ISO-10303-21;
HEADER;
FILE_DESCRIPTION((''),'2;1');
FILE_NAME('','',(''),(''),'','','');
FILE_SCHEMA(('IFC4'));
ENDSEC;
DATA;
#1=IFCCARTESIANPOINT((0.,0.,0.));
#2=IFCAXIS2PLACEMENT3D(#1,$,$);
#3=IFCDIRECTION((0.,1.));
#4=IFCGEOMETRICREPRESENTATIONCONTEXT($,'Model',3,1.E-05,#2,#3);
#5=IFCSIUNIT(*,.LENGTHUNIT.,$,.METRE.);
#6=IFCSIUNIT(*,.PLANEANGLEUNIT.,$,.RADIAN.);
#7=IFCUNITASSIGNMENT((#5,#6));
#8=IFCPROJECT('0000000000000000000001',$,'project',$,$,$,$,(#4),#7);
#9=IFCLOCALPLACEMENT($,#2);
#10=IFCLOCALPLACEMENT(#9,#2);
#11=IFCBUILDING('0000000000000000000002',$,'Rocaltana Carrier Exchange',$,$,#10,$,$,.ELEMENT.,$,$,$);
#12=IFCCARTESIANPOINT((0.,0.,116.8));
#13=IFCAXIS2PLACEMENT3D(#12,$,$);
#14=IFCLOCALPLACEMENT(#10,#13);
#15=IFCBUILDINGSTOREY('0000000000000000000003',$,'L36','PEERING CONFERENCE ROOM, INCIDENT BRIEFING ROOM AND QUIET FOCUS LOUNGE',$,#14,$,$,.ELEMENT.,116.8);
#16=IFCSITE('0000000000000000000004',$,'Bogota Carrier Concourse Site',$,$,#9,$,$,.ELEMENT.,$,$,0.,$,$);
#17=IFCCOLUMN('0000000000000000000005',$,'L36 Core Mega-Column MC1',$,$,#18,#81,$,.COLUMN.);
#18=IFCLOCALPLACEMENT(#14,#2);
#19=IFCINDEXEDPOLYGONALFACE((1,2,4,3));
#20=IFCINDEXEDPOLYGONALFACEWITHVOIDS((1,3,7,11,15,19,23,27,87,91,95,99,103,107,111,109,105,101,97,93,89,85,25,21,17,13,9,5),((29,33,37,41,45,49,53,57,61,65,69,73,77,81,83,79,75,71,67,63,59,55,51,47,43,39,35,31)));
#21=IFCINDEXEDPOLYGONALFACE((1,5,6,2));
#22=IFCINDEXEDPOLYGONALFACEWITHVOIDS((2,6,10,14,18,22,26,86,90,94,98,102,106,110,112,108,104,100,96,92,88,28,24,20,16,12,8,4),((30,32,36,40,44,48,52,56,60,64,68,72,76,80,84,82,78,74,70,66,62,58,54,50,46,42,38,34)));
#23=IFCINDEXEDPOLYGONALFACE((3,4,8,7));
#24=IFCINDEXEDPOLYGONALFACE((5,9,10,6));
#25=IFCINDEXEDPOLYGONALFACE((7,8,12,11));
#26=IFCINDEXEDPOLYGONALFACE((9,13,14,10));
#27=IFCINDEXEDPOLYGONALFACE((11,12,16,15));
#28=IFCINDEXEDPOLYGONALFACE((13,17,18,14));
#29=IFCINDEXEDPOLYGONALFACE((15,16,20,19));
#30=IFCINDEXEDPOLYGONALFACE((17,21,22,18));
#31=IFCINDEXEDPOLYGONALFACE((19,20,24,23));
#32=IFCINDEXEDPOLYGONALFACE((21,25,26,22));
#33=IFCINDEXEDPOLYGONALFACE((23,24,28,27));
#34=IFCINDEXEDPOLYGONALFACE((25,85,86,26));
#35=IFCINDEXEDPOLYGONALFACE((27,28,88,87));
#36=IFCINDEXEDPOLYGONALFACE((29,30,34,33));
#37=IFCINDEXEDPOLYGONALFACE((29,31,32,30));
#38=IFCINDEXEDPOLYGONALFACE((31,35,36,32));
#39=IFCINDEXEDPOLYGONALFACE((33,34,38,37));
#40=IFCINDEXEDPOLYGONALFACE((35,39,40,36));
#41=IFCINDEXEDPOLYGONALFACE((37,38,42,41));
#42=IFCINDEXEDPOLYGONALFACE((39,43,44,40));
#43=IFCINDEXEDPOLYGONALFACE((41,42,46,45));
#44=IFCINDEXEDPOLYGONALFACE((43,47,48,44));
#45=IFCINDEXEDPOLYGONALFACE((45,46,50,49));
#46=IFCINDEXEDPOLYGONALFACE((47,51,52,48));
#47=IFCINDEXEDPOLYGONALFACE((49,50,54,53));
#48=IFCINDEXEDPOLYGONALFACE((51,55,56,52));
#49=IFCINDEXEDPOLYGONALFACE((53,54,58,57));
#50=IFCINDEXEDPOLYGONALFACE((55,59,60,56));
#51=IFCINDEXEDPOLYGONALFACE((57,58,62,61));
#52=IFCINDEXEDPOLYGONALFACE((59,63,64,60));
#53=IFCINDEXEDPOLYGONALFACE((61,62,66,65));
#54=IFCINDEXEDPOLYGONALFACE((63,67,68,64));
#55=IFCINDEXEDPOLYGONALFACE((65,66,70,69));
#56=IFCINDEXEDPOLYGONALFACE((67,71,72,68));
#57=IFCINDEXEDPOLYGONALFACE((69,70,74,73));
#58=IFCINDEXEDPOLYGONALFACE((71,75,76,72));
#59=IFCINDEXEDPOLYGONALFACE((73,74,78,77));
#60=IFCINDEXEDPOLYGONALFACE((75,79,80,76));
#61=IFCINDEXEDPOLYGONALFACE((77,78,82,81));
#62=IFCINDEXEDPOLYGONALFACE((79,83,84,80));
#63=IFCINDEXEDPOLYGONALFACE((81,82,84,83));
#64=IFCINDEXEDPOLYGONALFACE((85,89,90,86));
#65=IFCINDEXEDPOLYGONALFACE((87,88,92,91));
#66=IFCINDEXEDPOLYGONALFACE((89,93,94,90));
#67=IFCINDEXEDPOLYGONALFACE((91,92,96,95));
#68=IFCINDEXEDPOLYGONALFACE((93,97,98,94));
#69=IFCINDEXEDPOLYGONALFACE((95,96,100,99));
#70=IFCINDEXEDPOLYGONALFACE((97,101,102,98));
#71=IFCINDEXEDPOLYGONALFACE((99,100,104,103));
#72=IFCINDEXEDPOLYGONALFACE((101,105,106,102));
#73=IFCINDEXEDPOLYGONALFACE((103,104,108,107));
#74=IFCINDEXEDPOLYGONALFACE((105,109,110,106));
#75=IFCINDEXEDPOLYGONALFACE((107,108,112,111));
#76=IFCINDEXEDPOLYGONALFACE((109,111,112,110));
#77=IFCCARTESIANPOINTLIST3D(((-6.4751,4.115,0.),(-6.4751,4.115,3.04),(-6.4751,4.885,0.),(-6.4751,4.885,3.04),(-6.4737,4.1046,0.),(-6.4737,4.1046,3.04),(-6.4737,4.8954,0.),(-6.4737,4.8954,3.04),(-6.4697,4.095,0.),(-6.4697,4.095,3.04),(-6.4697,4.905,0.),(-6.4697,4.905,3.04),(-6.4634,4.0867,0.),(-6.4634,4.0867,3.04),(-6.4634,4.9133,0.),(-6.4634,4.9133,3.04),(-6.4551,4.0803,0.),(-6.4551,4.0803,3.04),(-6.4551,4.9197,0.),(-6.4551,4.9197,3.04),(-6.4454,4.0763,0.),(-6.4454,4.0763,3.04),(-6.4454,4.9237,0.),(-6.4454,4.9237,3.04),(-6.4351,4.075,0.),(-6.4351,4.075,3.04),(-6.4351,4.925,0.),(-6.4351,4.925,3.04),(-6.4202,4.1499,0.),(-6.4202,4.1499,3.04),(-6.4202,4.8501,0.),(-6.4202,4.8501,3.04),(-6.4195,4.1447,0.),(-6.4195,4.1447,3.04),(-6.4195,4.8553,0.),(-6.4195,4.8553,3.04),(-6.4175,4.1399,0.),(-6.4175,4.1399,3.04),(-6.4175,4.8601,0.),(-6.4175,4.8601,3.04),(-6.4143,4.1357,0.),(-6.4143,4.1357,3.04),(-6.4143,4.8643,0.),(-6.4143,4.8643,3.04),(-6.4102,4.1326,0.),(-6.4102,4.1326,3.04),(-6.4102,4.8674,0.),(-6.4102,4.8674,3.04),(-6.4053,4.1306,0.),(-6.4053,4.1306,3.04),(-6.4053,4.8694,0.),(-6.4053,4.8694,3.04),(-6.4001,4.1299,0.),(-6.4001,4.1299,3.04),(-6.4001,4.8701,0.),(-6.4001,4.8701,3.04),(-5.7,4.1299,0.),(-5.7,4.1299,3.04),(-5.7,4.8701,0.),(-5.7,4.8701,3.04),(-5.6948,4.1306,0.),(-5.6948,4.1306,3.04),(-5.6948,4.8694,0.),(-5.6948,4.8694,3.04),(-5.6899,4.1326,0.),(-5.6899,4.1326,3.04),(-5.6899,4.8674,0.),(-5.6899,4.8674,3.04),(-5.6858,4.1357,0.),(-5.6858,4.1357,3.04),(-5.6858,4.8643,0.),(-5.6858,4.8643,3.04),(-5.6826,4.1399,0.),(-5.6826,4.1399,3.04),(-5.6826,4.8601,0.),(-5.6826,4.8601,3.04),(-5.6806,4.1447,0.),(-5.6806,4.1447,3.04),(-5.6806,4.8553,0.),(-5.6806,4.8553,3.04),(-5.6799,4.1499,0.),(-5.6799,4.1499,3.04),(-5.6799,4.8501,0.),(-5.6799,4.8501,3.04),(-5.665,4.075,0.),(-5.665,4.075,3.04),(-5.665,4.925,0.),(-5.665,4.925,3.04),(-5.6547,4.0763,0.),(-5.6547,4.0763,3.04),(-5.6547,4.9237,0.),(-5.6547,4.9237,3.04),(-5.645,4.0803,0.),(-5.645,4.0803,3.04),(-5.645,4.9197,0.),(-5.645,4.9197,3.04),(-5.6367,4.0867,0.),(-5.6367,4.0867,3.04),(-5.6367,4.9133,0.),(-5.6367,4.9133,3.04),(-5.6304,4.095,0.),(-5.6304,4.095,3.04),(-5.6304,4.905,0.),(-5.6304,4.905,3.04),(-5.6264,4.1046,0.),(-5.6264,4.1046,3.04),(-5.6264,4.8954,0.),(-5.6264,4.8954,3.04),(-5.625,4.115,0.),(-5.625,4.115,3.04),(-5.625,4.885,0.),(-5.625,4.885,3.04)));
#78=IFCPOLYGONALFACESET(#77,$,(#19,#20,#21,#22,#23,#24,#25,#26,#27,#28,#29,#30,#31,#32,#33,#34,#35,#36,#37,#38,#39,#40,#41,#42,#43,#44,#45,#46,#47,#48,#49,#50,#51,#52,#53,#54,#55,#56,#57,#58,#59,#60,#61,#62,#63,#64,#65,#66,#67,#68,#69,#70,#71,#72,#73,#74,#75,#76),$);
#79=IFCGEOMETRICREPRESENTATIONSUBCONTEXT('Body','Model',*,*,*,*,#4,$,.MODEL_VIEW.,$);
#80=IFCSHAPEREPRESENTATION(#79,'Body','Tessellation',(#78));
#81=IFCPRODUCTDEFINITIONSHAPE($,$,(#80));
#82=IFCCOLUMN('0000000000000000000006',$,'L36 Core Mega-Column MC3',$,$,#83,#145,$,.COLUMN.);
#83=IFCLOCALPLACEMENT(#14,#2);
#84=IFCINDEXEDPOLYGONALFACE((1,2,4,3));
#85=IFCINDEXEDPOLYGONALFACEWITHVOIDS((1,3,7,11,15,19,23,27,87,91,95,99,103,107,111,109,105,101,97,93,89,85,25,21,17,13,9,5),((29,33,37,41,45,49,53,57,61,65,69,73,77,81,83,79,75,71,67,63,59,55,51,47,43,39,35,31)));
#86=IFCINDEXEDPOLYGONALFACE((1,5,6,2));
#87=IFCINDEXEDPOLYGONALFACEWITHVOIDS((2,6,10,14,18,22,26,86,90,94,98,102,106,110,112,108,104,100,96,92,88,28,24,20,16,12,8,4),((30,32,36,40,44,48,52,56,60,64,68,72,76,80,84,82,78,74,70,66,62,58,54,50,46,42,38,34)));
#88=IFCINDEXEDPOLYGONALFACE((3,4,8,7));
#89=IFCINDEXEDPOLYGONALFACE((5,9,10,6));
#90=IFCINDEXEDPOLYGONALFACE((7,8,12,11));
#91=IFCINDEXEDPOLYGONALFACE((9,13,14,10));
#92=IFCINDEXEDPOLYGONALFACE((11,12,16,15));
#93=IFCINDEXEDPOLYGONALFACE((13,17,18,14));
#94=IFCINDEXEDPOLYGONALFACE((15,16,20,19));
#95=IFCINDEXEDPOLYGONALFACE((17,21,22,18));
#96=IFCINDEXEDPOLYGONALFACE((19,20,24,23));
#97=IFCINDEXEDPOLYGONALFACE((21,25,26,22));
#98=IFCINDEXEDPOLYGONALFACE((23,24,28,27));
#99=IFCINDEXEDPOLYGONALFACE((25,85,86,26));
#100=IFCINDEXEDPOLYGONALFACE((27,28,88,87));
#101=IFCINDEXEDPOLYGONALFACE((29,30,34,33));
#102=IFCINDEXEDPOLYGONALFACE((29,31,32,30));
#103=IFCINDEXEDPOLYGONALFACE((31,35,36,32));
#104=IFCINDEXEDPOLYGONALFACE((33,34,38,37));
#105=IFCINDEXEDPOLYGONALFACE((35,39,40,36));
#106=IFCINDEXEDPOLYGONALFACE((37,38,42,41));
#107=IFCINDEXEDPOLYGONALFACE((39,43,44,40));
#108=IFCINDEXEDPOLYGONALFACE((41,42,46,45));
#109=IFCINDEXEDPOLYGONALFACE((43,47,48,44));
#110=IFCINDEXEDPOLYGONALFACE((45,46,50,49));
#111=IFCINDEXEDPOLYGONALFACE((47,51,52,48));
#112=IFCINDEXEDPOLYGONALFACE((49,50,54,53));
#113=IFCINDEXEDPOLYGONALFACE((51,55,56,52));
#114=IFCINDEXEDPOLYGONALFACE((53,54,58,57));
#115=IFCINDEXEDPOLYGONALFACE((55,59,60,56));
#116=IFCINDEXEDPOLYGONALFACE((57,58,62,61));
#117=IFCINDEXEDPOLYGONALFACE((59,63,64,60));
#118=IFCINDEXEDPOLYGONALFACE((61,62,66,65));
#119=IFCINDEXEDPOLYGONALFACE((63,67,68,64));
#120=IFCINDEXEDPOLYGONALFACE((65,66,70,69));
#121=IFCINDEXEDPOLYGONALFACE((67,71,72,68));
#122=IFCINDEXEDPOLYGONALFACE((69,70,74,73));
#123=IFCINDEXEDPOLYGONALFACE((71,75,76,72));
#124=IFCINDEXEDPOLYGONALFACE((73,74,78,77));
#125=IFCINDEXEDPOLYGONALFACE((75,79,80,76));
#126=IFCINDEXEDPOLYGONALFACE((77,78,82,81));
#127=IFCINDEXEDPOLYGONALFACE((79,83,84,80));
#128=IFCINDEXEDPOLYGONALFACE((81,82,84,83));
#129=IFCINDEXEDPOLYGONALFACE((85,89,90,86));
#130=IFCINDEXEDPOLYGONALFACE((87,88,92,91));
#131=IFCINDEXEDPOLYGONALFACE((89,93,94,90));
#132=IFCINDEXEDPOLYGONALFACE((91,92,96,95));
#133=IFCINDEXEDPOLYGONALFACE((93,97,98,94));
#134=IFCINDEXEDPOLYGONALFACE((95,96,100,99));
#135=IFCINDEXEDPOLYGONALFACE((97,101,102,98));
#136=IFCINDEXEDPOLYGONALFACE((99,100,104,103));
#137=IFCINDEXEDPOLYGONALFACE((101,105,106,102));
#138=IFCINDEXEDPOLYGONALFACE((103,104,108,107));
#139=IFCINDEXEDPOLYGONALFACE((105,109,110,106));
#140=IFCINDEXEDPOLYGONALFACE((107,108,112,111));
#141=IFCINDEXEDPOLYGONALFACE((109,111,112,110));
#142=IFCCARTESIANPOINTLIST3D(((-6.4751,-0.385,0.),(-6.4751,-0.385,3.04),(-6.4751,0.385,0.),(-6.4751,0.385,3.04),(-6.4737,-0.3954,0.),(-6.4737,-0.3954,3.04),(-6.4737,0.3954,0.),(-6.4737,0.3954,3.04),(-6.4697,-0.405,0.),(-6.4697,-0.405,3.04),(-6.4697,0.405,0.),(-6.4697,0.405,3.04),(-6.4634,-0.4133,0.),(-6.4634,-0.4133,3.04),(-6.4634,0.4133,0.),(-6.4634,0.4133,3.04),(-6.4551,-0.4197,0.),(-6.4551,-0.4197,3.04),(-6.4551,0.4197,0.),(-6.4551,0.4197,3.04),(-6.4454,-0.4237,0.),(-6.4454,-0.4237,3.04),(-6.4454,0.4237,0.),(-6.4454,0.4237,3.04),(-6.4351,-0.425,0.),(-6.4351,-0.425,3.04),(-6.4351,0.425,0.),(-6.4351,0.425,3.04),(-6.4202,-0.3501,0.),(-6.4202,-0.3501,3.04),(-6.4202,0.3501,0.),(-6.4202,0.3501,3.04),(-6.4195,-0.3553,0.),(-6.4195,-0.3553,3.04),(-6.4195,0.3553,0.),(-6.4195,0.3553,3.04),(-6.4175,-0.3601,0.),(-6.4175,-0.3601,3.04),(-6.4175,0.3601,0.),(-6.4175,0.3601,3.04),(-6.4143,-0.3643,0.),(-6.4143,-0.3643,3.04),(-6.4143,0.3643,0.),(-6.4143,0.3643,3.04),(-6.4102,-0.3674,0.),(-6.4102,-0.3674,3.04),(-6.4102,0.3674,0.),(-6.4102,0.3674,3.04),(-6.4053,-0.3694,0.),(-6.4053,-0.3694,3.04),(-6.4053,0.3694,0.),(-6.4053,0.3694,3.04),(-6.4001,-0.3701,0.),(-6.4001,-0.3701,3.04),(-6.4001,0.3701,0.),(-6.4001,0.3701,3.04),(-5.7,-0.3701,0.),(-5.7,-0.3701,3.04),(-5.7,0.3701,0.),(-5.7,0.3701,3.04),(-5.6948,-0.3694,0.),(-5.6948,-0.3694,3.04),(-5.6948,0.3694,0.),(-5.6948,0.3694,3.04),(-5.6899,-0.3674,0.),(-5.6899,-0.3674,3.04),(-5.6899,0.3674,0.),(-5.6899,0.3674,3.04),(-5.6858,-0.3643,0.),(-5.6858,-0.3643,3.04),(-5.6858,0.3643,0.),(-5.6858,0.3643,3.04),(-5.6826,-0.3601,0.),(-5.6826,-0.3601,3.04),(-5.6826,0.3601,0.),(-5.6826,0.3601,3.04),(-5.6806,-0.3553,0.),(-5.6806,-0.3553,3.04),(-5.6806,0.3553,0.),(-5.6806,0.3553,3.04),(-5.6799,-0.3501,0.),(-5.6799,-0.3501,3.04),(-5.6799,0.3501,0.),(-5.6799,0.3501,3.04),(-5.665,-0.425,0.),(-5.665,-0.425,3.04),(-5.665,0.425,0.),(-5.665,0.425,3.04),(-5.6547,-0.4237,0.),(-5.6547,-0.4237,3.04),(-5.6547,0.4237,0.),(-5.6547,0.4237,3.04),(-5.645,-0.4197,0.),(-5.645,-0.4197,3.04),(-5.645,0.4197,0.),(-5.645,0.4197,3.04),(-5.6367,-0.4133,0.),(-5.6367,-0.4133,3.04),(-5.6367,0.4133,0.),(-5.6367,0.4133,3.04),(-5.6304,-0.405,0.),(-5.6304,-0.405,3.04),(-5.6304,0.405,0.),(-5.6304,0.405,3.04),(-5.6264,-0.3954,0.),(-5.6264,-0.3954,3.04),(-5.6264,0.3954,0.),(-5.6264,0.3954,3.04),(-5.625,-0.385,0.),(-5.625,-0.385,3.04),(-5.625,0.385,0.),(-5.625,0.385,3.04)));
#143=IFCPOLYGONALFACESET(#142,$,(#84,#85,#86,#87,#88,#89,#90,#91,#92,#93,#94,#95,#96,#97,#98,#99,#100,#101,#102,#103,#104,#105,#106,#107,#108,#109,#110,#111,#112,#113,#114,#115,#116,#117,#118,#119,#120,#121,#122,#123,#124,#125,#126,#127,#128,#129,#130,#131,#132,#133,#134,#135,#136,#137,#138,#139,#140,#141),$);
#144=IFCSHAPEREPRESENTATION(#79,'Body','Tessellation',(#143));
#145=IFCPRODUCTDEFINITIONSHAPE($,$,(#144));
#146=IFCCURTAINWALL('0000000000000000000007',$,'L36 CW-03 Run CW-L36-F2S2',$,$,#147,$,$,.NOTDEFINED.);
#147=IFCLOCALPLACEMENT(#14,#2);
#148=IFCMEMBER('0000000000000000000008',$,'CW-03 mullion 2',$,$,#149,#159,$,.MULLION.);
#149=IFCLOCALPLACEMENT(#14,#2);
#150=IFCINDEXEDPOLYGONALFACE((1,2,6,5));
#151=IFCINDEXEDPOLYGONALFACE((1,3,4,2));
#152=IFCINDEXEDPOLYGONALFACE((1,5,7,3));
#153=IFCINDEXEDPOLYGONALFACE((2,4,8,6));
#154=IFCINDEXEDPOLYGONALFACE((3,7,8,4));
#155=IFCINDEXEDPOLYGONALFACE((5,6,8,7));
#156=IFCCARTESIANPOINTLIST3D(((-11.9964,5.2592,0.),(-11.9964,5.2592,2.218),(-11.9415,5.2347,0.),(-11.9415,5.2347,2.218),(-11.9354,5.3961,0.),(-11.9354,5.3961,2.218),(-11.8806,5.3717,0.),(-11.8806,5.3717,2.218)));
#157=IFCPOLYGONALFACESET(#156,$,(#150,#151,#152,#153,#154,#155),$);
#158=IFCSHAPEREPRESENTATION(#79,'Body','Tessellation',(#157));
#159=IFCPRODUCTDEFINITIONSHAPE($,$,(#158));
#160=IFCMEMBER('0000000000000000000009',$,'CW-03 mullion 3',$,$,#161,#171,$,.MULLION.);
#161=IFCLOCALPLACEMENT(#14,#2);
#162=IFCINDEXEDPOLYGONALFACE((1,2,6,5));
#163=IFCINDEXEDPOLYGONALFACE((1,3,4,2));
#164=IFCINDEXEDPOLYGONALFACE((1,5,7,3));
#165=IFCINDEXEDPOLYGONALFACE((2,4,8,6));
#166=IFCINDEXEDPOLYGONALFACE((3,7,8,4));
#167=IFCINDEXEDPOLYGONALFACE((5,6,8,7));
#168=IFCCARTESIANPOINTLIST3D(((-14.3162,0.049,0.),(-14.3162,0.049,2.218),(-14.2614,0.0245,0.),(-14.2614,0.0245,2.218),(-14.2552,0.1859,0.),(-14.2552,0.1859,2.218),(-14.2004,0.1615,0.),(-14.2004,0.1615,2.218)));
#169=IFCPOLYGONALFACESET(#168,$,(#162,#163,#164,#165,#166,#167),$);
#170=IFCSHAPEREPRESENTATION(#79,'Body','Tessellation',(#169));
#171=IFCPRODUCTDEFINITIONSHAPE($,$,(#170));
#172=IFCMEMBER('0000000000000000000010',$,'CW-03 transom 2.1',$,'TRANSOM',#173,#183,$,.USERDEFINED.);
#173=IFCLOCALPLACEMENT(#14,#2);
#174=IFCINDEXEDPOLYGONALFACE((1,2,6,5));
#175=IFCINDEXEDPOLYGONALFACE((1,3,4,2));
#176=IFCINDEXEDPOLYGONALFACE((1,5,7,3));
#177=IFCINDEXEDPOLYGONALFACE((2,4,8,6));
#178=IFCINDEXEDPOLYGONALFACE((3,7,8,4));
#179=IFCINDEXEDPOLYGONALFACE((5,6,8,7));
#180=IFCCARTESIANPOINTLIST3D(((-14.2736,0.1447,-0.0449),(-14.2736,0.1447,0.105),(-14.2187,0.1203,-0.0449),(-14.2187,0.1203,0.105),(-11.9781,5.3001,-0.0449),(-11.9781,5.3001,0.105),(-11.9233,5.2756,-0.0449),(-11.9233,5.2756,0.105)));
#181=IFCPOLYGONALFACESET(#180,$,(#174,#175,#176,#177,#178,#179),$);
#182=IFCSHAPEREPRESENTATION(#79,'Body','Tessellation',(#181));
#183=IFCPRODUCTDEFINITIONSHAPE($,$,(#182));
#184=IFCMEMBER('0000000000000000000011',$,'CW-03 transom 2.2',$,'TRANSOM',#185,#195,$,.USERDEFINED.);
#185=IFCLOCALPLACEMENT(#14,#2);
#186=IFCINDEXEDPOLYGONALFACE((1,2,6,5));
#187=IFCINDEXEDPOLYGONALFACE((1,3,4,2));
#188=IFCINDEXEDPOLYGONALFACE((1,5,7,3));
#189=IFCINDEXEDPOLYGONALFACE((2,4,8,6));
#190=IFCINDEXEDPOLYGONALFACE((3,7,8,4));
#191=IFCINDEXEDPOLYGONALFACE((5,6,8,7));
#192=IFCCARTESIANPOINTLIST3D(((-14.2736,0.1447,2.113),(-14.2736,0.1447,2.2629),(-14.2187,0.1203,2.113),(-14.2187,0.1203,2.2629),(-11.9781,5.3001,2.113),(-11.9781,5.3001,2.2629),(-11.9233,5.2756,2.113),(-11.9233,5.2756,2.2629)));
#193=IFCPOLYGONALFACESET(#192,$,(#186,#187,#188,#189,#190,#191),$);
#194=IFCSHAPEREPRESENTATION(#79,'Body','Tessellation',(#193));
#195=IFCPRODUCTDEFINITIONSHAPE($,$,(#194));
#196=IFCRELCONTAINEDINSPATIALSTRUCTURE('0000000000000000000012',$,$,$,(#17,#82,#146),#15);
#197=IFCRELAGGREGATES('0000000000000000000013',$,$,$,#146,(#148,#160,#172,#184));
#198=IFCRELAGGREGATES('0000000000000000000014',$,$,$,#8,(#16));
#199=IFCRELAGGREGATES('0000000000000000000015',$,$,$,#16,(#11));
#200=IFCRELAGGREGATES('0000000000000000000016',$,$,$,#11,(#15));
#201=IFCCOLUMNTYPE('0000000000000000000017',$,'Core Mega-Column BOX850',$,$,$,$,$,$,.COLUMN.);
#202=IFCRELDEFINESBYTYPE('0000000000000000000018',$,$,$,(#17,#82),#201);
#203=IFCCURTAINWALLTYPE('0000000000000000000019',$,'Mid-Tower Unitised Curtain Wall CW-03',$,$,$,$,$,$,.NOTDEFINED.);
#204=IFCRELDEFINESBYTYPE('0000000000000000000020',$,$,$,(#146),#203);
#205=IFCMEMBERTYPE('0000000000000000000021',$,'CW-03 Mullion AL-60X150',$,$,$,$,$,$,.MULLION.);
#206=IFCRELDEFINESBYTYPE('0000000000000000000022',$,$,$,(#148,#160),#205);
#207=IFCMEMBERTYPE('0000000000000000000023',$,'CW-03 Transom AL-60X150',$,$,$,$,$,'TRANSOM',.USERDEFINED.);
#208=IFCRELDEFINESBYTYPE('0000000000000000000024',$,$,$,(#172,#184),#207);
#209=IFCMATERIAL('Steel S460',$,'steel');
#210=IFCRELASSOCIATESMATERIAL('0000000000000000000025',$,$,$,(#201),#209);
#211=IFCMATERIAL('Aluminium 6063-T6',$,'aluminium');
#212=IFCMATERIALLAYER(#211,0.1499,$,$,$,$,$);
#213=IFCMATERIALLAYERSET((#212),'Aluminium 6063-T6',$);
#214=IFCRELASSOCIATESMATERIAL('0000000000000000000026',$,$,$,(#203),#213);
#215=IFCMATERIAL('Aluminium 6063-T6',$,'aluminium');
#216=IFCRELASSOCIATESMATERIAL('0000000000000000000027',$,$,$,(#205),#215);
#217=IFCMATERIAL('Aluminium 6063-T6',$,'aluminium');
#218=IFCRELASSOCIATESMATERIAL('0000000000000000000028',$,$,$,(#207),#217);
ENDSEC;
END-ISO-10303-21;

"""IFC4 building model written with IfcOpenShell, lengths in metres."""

from ifc_helpers import new_model, si_unit, direction, frame, origin, origin_2d, place, context, subcontext, project, spatial, rectangle, hollow_rectangle, extrude, material, layer, layer_set, material_profile, profile_set, type_object, element, aggregate, save


model = new_model("IFC4")

# Units and contexts
model_context = context("Model", 3, precision=1e-05, world=origin(), true_north=direction((0.0, 1.0)))
body_context = subcontext(model_context, "Body", "Model", "MODEL_VIEW")
ifc_project = project(units=[si_unit("LENGTHUNIT", "METRE"), si_unit("PLANEANGLEUNIT", "RADIAN")], contexts=[model_context])

# Site, building, storey
site_placement = place(None, origin())
site = spatial("IfcSite", under=ifc_project, at=site_placement, Name="Bogota Carrier Concourse Site", CompositionType="ELEMENT", RefElevation=0.0)
building_placement = place(site_placement, origin())
building = spatial("IfcBuilding", under=site, at=building_placement, Name="Rocaltana Carrier Exchange", CompositionType="ELEMENT")
storey_placement = place(building_placement, frame((0.0, 0.0, 116.8)))
storey = spatial("IfcBuildingStorey", under=building, at=storey_placement, Name="L36", Description="PEERING CONFERENCE ROOM, INCIDENT BRIEFING ROOM AND QUIET FOCUS LOUNGE", CompositionType="ELEMENT", Elevation=116.8)

# Columns
ifc_material_1 = material(Name="Steel S460", Category="steel")
ifc_material_profile_1 = material_profile(ifc_material_1, hollow_rectangle(XDim=0.8501, YDim=0.8501, WallThickness=0.0549, InnerFilletRadius=0.02, OuterFilletRadius=0.04, at=origin_2d()), Name="BOX850X850X55")
ifc_profile_set_1 = profile_set([ifc_material_profile_1], Name="Steel S460")
column_type = type_object("IfcColumnType", Name="Core Mega-Column BOX850", PredefinedType="COLUMN", material=ifc_profile_set_1)
for number, where, z_axis, x_axis, name in (
    (1, (-6.05, 4.5, 0.0), (0.0, 0.0, 1.0), (1.0, 0.0, 0.0), "L36 Core Mega-Column MC1"),
    (2, (-6.05, 0.0, 0.0), (0.0, 0.0, 1.0), (1.0, 0.0, 0.0), "L36 Core Mega-Column MC3"),
):
    element("IfcColumn", number, at=place(storey_placement, frame(where, z_axis=z_axis, x_axis=x_axis)), inside=storey, type_object=column_type, Name=name, PredefinedType="COLUMN", context=body_context, shape_type="SweptSolid", body=[
        extrude(hollow_rectangle(XDim=0.8501, YDim=0.8501, WallThickness=0.0549, InnerFilletRadius=0.02, OuterFilletRadius=0.04, at=origin_2d()), origin(), (0.0, 0.0, 1.0), 3.04),
    ])

# Curtain wall, members
ifc_material_2 = material(Name="Aluminium 6063-T6", Category="aluminium")
ifc_layer_1 = layer(ifc_material_2, 0.1499)
ifc_layer_set_1 = layer_set([ifc_layer_1], Name="Aluminium 6063-T6")
curtain_wall_type = type_object("IfcCurtainWallType", Name="Mid-Tower Unitised Curtain Wall CW-03", PredefinedType="NOTDEFINED", material=ifc_layer_set_1)
curtain_wall_placement = place(storey_placement, origin())
curtain_wall = element("IfcCurtainWall", 3, at=curtain_wall_placement, inside=storey, type_object=curtain_wall_type, Name="L36 CW-03 Run CW-L36-F2S2", PredefinedType="NOTDEFINED")
ifc_material_3 = material(Name="Aluminium 6063-T6", Category="aluminium")
ifc_material_profile_2 = material_profile(ifc_material_3, rectangle(XDim=0.0601, YDim=0.1499, at=origin_2d()), Name="AL-60X150")
ifc_profile_set_2 = profile_set([ifc_material_profile_2], Name="Aluminium 6063-T6")
member_type_1 = type_object("IfcMemberType", Name="CW-03 Mullion AL-60X150", PredefinedType="MULLION", material=ifc_profile_set_2)
member_1_placement = place(storey_placement, frame((-11.9385, 5.3154, 0.0), z_axis=(0.0, 0.0, 1.0), x_axis=(0.913542, -0.406744, 0.0)))
member_1 = element("IfcMember", 4, at=member_1_placement, type_object=member_type_1, Name="CW-03 mullion 2", PredefinedType="MULLION", context=body_context, shape_type="SweptSolid", body=[
    extrude(rectangle(XDim=0.0601, YDim=0.1499, at=origin_2d()), origin(), (0.0, 0.0, 1.0), 2.218),
])
member_2_placement = place(storey_placement, frame((-14.2583, 0.1052, 0.0), z_axis=(0.0, 0.0, 1.0), x_axis=(0.913542, -0.406744, 0.0)))
member_2 = element("IfcMember", 5, at=member_2_placement, type_object=member_type_1, Name="CW-03 mullion 3", PredefinedType="MULLION", context=body_context, shape_type="SweptSolid", body=[
    extrude(rectangle(XDim=0.0601, YDim=0.1499, at=origin_2d()), origin(), (0.0, 0.0, 1.0), 2.218),
])
ifc_material_4 = material(Name="Aluminium 6063-T6", Category="aluminium")
ifc_material_profile_3 = material_profile(ifc_material_4, rectangle(XDim=0.0601, YDim=0.1499, at=origin_2d()), Name="AL-60X150")
ifc_profile_set_3 = profile_set([ifc_material_profile_3], Name="Aluminium 6063-T6")
member_type_2 = type_object("IfcMemberType", Name="CW-03 Transom AL-60X150", ElementType="TRANSOM", PredefinedType="USERDEFINED", material=ifc_profile_set_3)
member_3_placement = place(storey_placement, frame((-11.9507, 5.2878, 0.03), z_axis=(-0.406757, -0.913537, 0.0), x_axis=(0.913537, -0.406757, 0.0)))
member_3 = element("IfcMember", 6, at=member_3_placement, type_object=member_type_2, Name="CW-03 transom 2.1", ObjectType="TRANSOM", PredefinedType="USERDEFINED", context=body_context, shape_type="SweptSolid", body=[
    extrude(rectangle(XDim=0.0601, YDim=0.1499, at=origin_2d()), origin(), (0.0, 0.0, 1.0), 5.6433),
])
member_4_placement = place(storey_placement, frame((-11.9507, 5.2878, 2.188), z_axis=(-0.406757, -0.913537, 0.0), x_axis=(0.913537, -0.406757, 0.0)))
member_4 = element("IfcMember", 7, at=member_4_placement, type_object=member_type_2, Name="CW-03 transom 2.2", ObjectType="TRANSOM", PredefinedType="USERDEFINED", context=body_context, shape_type="SweptSolid", body=[
    extrude(rectangle(XDim=0.0601, YDim=0.1499, at=origin_2d()), origin(), (0.0, 0.0, 1.0), 5.6433),
])

aggregate(curtain_wall, [member_1, member_2, member_3, member_4])

save(model, "model.ifc")
